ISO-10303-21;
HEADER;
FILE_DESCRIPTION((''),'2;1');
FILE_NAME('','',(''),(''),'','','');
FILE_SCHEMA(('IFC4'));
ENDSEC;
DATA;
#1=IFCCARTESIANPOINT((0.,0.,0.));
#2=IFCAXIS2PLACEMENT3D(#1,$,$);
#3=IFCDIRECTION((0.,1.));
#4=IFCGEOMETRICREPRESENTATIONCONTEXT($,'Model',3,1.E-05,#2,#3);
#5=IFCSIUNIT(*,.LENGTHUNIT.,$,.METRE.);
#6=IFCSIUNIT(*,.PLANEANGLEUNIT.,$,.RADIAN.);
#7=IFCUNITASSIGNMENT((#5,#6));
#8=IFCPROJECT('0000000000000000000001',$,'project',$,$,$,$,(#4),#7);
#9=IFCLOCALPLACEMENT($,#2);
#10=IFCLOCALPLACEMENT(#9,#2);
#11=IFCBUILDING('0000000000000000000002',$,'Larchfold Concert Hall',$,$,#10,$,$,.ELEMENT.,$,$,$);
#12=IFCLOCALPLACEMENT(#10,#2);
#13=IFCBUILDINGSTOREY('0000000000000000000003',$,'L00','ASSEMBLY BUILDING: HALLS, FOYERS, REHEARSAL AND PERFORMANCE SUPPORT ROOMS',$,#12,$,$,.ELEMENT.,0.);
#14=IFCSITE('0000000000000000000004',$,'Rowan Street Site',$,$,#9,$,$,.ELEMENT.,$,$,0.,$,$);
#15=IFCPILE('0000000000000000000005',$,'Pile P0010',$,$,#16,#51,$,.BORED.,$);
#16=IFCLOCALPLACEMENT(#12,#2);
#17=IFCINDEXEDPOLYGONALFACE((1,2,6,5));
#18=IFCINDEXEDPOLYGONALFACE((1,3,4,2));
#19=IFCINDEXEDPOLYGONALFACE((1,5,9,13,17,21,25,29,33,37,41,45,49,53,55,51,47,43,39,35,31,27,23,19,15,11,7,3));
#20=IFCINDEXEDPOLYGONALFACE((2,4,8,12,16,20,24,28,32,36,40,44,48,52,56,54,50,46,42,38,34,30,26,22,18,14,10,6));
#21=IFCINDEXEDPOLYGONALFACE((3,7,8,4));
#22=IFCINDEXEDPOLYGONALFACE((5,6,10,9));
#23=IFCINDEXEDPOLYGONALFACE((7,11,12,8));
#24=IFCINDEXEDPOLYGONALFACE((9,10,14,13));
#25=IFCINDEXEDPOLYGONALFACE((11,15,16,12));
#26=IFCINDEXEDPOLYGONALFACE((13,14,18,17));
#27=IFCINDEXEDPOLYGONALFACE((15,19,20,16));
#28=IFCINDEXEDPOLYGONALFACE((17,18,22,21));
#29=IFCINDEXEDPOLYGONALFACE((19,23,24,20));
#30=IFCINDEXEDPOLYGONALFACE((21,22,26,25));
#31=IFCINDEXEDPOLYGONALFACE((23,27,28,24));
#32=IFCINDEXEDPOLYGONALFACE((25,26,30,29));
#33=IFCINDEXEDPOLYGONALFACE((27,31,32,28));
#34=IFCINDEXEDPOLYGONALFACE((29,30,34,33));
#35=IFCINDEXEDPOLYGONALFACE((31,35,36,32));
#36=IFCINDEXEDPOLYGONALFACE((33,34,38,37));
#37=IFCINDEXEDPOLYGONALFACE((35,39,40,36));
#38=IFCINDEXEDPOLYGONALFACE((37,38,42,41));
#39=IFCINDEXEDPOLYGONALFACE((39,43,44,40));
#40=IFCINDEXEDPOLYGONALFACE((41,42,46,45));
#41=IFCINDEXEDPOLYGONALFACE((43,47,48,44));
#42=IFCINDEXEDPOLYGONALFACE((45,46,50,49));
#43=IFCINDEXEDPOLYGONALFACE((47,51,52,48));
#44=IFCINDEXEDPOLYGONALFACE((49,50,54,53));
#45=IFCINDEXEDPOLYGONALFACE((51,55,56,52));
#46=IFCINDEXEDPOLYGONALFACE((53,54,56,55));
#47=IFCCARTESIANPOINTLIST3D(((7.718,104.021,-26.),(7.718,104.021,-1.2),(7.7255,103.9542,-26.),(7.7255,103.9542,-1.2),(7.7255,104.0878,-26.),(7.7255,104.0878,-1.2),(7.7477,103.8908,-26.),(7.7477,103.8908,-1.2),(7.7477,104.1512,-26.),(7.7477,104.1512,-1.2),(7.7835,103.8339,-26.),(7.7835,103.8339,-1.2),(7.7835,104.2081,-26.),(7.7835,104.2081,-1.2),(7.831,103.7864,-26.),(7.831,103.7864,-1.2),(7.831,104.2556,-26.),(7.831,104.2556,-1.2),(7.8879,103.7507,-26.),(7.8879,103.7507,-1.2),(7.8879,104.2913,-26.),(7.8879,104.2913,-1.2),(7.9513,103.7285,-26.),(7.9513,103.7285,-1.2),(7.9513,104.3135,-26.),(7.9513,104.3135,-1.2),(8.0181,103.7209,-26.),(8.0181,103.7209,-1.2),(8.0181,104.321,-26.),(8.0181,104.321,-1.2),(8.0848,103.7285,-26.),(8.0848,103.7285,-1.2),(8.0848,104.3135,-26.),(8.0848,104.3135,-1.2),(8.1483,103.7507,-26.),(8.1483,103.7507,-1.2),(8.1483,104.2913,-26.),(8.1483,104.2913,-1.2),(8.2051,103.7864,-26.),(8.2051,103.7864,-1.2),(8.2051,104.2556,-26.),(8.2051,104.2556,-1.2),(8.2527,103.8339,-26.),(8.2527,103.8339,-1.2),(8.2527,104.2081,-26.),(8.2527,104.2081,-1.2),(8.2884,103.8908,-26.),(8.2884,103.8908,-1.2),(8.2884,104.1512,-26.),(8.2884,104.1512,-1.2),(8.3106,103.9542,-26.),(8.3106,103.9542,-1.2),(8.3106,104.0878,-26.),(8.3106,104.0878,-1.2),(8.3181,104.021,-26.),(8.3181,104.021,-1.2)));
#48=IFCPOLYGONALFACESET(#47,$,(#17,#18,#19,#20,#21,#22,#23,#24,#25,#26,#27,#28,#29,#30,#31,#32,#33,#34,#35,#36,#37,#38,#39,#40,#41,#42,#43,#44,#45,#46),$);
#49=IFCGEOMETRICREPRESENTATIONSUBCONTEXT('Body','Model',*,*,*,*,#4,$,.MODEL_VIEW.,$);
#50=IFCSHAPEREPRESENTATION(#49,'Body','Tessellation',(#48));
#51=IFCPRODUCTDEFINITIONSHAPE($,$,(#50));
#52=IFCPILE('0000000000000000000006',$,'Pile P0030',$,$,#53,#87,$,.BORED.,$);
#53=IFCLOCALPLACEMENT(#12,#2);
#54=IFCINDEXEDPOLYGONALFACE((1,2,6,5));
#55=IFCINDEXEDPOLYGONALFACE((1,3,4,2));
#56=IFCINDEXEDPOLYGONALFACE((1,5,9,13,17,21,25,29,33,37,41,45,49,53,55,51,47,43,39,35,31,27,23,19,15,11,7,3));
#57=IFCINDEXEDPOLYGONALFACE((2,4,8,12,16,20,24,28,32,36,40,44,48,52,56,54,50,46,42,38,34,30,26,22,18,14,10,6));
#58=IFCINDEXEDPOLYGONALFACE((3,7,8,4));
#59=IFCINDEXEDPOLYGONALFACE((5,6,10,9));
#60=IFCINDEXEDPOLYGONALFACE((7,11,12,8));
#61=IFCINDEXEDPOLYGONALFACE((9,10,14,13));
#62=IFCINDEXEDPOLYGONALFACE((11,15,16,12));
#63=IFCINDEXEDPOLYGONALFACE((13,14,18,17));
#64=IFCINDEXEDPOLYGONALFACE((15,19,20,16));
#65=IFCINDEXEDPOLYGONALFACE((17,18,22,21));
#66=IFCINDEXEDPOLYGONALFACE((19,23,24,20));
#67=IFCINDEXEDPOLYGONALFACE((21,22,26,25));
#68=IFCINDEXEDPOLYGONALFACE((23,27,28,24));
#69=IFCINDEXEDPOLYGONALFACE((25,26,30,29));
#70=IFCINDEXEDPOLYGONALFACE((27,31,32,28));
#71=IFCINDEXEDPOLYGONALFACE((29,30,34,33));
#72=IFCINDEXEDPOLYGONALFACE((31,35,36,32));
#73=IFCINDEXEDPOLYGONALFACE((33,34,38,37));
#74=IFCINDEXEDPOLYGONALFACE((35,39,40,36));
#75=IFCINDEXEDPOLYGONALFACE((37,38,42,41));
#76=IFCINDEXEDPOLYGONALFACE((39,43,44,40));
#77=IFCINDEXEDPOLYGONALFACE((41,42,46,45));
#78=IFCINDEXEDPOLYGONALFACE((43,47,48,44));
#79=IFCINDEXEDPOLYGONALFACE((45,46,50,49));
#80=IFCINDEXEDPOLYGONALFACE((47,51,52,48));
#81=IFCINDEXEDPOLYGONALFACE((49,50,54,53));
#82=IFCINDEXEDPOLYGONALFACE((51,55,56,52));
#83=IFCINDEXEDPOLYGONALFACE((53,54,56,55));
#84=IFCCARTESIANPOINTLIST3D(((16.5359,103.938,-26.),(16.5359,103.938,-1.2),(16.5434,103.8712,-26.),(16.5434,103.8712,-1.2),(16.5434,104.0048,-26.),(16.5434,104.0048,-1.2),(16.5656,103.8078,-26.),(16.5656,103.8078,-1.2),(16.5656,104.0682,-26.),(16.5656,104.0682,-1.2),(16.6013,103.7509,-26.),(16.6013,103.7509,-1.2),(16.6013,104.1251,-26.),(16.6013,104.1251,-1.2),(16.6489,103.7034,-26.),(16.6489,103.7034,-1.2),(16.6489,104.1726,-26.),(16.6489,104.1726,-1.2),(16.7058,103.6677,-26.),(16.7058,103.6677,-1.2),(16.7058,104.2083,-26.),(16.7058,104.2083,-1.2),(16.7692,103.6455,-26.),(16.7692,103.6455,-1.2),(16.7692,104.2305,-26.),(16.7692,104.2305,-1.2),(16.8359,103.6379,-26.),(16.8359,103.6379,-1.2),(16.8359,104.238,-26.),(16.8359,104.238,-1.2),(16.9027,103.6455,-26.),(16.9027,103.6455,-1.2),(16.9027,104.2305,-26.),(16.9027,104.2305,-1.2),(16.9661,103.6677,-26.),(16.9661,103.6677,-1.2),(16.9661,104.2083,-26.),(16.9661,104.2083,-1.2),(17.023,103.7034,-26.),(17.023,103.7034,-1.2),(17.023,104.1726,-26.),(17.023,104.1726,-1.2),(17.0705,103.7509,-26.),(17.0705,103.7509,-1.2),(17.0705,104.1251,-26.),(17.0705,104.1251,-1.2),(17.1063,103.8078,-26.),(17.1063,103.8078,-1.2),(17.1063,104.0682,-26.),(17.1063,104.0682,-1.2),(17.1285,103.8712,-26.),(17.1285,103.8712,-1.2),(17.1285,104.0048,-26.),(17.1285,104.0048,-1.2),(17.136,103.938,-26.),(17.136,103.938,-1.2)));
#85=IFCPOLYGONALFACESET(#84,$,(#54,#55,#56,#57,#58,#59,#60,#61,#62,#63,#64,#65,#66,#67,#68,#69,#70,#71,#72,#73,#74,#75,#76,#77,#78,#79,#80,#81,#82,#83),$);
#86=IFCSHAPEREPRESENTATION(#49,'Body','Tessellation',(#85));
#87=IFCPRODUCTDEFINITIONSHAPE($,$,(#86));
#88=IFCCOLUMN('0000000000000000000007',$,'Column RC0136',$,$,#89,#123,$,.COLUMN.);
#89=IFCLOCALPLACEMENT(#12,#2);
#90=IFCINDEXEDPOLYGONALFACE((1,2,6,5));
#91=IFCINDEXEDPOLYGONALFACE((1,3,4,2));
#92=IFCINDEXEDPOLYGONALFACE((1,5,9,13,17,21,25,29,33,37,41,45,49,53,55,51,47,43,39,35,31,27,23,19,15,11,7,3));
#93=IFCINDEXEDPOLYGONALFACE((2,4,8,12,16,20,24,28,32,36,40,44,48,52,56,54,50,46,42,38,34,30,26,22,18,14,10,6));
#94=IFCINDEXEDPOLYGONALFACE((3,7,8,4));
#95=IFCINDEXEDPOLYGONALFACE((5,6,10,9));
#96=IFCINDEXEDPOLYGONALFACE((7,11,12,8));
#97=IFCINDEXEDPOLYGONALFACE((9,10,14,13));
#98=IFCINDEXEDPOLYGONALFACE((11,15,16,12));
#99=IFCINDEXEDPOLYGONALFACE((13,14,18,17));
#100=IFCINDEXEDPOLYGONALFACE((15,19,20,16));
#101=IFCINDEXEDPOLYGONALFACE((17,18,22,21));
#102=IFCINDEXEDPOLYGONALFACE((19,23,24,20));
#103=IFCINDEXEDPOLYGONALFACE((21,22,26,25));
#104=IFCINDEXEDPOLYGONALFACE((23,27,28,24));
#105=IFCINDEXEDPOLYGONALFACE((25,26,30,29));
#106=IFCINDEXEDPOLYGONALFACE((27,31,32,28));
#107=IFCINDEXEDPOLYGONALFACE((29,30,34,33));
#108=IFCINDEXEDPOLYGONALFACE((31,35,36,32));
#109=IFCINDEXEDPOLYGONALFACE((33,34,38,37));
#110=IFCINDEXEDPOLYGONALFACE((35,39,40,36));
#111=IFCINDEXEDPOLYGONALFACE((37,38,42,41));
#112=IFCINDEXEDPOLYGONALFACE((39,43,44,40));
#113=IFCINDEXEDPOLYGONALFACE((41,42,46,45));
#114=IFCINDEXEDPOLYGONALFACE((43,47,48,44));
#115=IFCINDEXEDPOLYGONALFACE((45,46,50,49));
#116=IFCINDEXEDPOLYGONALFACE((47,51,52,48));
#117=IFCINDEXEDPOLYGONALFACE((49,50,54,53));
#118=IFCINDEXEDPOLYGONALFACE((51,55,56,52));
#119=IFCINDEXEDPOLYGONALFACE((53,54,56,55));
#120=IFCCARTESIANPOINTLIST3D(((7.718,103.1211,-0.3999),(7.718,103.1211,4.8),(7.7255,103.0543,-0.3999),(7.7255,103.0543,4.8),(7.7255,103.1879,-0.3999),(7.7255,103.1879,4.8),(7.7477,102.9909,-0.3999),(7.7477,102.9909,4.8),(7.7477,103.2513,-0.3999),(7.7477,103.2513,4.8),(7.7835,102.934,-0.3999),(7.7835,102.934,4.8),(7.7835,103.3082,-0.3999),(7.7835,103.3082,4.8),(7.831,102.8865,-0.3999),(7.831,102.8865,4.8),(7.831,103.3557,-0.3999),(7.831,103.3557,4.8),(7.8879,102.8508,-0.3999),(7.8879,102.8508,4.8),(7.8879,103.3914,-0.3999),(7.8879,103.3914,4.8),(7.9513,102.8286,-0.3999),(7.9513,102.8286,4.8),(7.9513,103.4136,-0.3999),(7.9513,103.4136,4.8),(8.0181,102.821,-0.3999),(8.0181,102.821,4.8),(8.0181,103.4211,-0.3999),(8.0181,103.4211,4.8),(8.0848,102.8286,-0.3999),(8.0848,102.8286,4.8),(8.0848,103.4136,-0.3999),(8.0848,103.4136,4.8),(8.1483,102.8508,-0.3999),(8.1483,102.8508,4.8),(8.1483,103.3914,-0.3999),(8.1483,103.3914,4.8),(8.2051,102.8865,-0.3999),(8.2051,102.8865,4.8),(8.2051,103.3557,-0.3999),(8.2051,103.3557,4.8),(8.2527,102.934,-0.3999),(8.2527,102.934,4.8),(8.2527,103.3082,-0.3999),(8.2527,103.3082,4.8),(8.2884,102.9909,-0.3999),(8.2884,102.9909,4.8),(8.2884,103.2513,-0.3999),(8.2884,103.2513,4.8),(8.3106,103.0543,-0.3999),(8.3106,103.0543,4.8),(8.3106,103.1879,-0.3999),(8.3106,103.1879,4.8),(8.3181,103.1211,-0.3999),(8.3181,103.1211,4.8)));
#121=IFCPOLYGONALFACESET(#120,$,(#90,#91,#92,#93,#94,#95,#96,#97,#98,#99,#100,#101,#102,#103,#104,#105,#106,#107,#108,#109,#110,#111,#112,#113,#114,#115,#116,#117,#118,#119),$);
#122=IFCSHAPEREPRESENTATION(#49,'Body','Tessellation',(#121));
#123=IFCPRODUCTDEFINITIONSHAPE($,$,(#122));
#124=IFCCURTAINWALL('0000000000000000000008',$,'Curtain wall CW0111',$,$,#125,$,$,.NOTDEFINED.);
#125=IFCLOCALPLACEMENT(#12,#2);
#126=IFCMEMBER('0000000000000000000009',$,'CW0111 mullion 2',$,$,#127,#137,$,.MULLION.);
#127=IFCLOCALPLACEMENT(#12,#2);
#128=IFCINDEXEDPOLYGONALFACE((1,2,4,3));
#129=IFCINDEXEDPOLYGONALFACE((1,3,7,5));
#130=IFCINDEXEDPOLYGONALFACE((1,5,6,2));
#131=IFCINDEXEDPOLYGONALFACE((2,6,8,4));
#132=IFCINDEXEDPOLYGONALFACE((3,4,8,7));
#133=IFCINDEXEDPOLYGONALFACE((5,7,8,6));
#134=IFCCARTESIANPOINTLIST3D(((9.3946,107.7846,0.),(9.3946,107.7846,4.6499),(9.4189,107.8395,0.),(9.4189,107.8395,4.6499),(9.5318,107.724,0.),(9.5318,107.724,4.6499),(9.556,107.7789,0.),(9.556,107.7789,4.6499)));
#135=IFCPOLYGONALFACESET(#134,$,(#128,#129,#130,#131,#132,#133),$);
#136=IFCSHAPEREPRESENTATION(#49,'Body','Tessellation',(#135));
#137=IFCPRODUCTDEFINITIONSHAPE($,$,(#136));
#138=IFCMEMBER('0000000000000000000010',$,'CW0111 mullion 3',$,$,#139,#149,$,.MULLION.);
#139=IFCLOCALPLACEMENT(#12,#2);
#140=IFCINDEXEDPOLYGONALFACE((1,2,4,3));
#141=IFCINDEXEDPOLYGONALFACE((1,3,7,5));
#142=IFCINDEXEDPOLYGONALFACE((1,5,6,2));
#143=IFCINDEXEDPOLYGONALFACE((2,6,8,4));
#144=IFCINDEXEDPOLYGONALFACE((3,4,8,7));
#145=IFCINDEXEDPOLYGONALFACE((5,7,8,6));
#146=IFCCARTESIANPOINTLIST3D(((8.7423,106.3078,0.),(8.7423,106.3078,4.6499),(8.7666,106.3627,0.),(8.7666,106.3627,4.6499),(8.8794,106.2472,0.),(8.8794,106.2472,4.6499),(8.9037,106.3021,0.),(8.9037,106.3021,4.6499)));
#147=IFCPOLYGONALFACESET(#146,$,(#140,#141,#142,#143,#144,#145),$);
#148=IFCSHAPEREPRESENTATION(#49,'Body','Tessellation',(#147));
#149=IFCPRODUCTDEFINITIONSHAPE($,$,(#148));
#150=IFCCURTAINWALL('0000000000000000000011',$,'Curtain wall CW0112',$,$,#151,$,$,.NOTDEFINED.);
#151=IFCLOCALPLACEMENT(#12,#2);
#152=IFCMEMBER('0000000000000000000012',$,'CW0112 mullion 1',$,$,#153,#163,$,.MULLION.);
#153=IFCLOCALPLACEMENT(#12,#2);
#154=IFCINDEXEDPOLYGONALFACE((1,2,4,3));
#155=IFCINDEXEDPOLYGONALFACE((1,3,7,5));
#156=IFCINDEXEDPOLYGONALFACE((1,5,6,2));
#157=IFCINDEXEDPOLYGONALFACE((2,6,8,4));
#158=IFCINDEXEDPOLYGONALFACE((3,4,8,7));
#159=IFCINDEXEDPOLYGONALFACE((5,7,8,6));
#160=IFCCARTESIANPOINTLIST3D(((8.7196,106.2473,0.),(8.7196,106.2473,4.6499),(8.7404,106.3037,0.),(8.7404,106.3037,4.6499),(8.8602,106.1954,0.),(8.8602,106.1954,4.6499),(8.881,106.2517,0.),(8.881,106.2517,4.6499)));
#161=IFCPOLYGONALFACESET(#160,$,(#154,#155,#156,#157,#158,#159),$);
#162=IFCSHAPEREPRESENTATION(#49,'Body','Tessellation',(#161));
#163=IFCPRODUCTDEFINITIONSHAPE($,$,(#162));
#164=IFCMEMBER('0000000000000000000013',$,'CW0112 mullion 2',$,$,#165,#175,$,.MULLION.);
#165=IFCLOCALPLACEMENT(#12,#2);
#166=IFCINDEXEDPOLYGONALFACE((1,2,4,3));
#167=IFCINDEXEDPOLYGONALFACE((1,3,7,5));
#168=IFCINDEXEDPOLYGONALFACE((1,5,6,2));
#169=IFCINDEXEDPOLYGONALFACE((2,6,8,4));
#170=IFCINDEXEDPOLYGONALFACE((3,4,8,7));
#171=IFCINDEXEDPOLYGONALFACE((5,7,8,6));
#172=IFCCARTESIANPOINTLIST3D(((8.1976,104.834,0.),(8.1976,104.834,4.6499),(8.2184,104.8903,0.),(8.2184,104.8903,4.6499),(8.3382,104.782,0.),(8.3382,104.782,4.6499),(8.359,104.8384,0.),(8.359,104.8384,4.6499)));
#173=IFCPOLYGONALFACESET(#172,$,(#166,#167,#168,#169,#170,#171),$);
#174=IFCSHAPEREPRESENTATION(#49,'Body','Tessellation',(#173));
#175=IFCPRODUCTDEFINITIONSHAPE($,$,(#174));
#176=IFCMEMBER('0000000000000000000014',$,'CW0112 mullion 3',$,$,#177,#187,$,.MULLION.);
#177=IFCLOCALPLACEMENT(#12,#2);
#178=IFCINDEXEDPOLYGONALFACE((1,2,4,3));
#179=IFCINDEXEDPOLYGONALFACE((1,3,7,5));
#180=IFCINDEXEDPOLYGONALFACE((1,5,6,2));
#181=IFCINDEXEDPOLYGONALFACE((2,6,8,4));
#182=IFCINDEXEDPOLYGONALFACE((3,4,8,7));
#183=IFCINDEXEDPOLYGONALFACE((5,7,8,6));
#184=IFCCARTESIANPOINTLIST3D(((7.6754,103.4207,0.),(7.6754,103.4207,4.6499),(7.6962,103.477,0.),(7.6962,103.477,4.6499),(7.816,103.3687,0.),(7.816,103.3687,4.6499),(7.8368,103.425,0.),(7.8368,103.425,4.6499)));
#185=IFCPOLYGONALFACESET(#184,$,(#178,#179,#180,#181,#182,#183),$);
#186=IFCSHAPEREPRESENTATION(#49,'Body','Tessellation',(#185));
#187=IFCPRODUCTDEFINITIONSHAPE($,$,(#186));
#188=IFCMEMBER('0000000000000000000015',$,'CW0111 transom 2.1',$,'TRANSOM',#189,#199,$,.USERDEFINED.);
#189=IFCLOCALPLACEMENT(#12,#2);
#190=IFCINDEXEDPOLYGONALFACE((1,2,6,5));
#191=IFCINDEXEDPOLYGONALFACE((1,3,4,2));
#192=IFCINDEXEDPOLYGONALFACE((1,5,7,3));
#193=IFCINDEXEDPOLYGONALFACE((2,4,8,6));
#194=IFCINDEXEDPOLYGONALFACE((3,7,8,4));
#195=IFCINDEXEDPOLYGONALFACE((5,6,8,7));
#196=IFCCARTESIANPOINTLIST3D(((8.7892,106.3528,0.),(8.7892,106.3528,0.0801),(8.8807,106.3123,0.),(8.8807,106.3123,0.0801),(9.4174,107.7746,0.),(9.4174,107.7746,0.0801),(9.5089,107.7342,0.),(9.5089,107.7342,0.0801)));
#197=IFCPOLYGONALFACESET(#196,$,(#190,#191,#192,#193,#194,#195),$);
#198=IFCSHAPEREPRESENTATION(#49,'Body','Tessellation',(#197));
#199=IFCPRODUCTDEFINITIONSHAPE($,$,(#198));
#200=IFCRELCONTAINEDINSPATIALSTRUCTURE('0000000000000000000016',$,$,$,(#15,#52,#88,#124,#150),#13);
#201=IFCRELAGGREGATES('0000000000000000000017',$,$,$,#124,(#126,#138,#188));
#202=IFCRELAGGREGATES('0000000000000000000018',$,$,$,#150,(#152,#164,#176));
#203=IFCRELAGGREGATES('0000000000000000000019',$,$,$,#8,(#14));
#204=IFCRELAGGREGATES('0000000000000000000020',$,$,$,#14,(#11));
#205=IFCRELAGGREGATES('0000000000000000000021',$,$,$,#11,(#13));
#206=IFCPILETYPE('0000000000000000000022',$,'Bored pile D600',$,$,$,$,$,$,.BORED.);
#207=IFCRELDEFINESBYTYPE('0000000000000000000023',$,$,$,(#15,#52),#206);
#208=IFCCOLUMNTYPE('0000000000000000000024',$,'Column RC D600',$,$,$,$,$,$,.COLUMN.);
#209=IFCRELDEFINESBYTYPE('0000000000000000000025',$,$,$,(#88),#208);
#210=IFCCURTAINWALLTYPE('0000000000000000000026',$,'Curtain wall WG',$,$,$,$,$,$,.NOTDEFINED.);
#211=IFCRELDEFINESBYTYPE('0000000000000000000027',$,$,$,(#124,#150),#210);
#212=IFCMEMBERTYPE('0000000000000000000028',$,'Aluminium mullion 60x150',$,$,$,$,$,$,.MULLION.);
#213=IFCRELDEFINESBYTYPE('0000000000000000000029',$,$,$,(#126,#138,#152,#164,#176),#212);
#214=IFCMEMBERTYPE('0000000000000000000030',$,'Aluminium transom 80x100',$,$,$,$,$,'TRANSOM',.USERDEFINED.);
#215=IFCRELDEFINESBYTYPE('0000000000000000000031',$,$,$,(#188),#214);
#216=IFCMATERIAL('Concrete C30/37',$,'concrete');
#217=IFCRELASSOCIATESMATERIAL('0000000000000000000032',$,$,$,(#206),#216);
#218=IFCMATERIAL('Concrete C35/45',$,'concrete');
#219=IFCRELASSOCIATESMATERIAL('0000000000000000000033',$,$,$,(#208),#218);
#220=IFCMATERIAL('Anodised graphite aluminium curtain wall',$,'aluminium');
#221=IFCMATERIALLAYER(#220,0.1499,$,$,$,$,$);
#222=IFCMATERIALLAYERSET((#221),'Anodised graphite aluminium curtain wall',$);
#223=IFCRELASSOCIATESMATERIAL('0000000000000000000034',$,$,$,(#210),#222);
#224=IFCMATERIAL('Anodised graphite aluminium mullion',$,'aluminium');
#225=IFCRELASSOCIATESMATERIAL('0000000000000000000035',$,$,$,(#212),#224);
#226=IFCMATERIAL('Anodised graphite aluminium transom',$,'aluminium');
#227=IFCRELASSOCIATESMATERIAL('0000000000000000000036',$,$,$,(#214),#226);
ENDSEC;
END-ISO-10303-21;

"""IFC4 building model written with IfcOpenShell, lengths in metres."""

from ifc_helpers import new_model, si_unit, direction, frame, origin, origin_2d, place, context, subcontext, project, spatial, rectangle, circle, extrude, material, layer, layer_set, material_profile, profile_set, type_object, element, aggregate, save


model = new_model("IFC4")

# Units and contexts
model_context = context("Model", 3, precision=1e-05, world=origin(), true_north=direction((0.0, 1.0)))
body_context = subcontext(model_context, "Body", "Model", "MODEL_VIEW")
ifc_project = project(units=[si_unit("LENGTHUNIT", "METRE"), si_unit("PLANEANGLEUNIT", "RADIAN")], contexts=[model_context])

# Site, building, storey
site_placement = place(None, origin())
site = spatial("IfcSite", under=ifc_project, at=site_placement, Name="Rowan Street Site", CompositionType="ELEMENT", RefElevation=0.0)
building_placement = place(site_placement, origin())
building = spatial("IfcBuilding", under=site, at=building_placement, Name="Larchfold Concert Hall", CompositionType="ELEMENT")
storey_placement = place(building_placement, origin())
storey = spatial("IfcBuildingStorey", under=building, at=storey_placement, Name="L00", Description="ASSEMBLY BUILDING: HALLS, FOYERS, REHEARSAL AND PERFORMANCE SUPPORT ROOMS", CompositionType="ELEMENT", Elevation=0.0)

# Piles
ifc_material_1 = material(Name="Concrete C30/37", Category="concrete")
ifc_material_profile_1 = material_profile(ifc_material_1, circle(Radius=0.3, at=origin_2d()))
ifc_profile_set_1 = profile_set([ifc_material_profile_1], Name="Concrete C30/37")
pile_type = type_object("IfcPileType", Name="Bored pile D600", PredefinedType="BORED", material=ifc_profile_set_1)
for number, where, z_axis, x_axis, name in (
    (1, (8.0181, 104.021, -1.2), (0.0, 0.0, -1.0), (1.0, 0.0, 0.0), "Pile P0010"),
    (2, (16.8359, 103.938, -1.2), (0.0, 0.0, -1.0), (1.0, 0.0, 0.0), "Pile P0030"),
):
    element("IfcPile", number, at=place(storey_placement, frame(where, z_axis=z_axis, x_axis=x_axis)), inside=storey, type_object=pile_type, Name=name, PredefinedType="BORED", context=body_context, shape_type="SweptSolid", body=[
        extrude(circle(Radius=0.3, at=origin_2d()), origin(), (0.0, 0.0, 1.0), 24.8),
    ])

# Column
ifc_material_2 = material(Name="Concrete C35/45", Category="concrete")
ifc_material_profile_2 = material_profile(ifc_material_2, circle(Radius=0.3, at=origin_2d()))
ifc_profile_set_2 = profile_set([ifc_material_profile_2], Name="Concrete C35/45")
column_type = type_object("IfcColumnType", Name="Column RC D600", PredefinedType="COLUMN", material=ifc_profile_set_2)
column_placement = place(storey_placement, frame((8.0181, 103.1211, -0.3999), z_axis=(0.0, 0.0, 1.0), x_axis=(1.0, 0.0, 0.0)))
element("IfcColumn", 3, at=column_placement, inside=storey, type_object=column_type, Name="Column RC0136", PredefinedType="COLUMN", context=body_context, shape_type="SweptSolid", body=[
    extrude(circle(Radius=0.3, at=origin_2d()), origin(), (0.0, 0.0, 1.0), 5.2),
])

# Curtain walls, members
ifc_material_3 = material(Name="Anodised graphite aluminium curtain wall", Category="aluminium")
ifc_layer_1 = layer(ifc_material_3, 0.1499)
ifc_layer_set_1 = layer_set([ifc_layer_1], Name="Anodised graphite aluminium curtain wall")
curtain_wall_type = type_object("IfcCurtainWallType", Name="Curtain wall WG", PredefinedType="NOTDEFINED", material=ifc_layer_set_1)
curtain_wall_1_placement = place(storey_placement, origin())
curtain_wall_1 = element("IfcCurtainWall", 4, at=curtain_wall_1_placement, inside=storey, type_object=curtain_wall_type, Name="Curtain wall CW0111", PredefinedType="NOTDEFINED")
ifc_material_4 = material(Name="Anodised graphite aluminium mullion", Category="aluminium")
ifc_material_profile_3 = material_profile(ifc_material_4, rectangle(XDim=0.1499, YDim=0.0601, at=origin_2d()))
ifc_profile_set_3 = profile_set([ifc_material_profile_3], Name="Anodised graphite aluminium mullion")
member_type_1 = type_object("IfcMemberType", Name="Aluminium mullion 60x150", PredefinedType="MULLION", material=ifc_profile_set_3)
member_1_placement = place(storey_placement, frame((9.4753, 107.7817, 0.0), z_axis=(0.0, 0.0, 1.0), x_axis=(0.914703, -0.404126, 0.0)))
member_1 = element("IfcMember", 5, at=member_1_placement, type_object=member_type_1, Name="CW0111 mullion 2", PredefinedType="MULLION", context=body_context, shape_type="SweptSolid", body=[
    extrude(rectangle(XDim=0.1499, YDim=0.0601, at=origin_2d()), origin(), (0.0, 0.0, 1.0), 4.6499),
])
member_2_placement = place(storey_placement, frame((8.823, 106.3049, 0.0), z_axis=(0.0, 0.0, 1.0), x_axis=(0.914703, -0.404126, 0.0)))
member_2 = element("IfcMember", 6, at=member_2_placement, type_object=member_type_1, Name="CW0111 mullion 3", PredefinedType="MULLION", context=body_context, shape_type="SweptSolid", body=[
    extrude(rectangle(XDim=0.1499, YDim=0.0601, at=origin_2d()), origin(), (0.0, 0.0, 1.0), 4.6499),
])
curtain_wall_2_placement = place(storey_placement, origin())
curtain_wall_2 = element("IfcCurtainWall", 7, at=curtain_wall_2_placement, inside=storey, type_object=curtain_wall_type, Name="Curtain wall CW0112", PredefinedType="NOTDEFINED")
member_3_placement = place(storey_placement, frame((8.8003, 106.2495, 0.0), z_axis=(0.0, 0.0, 1.0), x_axis=(0.938016, -0.346592, 0.0)))
member_3 = element("IfcMember", 8, at=member_3_placement, type_object=member_type_1, Name="CW0112 mullion 1", PredefinedType="MULLION", context=body_context, shape_type="SweptSolid", body=[
    extrude(rectangle(XDim=0.1499, YDim=0.0601, at=origin_2d()), origin(), (0.0, 0.0, 1.0), 4.6499),
])
member_4_placement = place(storey_placement, frame((8.2783, 104.8362, 0.0), z_axis=(0.0, 0.0, 1.0), x_axis=(0.938016, -0.346592, 0.0)))
member_4 = element("IfcMember", 9, at=member_4_placement, type_object=member_type_1, Name="CW0112 mullion 2", PredefinedType="MULLION", context=body_context, shape_type="SweptSolid", body=[
    extrude(rectangle(XDim=0.1499, YDim=0.0601, at=origin_2d()), origin(), (0.0, 0.0, 1.0), 4.6499),
])
member_5_placement = place(storey_placement, frame((7.7561, 103.4229, 0.0), z_axis=(0.0, 0.0, 1.0), x_axis=(0.938016, -0.346592, 0.0)))
member_5 = element("IfcMember", 10, at=member_5_placement, type_object=member_type_1, Name="CW0112 mullion 3", PredefinedType="MULLION", context=body_context, shape_type="SweptSolid", body=[
    extrude(rectangle(XDim=0.1499, YDim=0.0601, at=origin_2d()), origin(), (0.0, 0.0, 1.0), 4.6499),
])

# Member
ifc_material_5 = material(Name="Anodised graphite aluminium transom", Category="aluminium")
ifc_material_profile_4 = material_profile(ifc_material_5, rectangle(XDim=0.1001, YDim=0.0801, at=origin_2d()))
ifc_profile_set_4 = profile_set([ifc_material_profile_4], Name="Anodised graphite aluminium transom")
member_type_2 = type_object("IfcMemberType", Name="Aluminium transom 80x100", ElementType="TRANSOM", PredefinedType="USERDEFINED", material=ifc_profile_set_4)
member_6_placement = place(storey_placement, frame((9.4631, 107.7544, 0.04), z_axis=(-0.404112, -0.91471, 0.0), x_axis=(0.91471, -0.404112, 0.0)))
member_6 = element("IfcMember", 11, at=member_6_placement, type_object=member_type_2, Name="CW0111 transom 2.1", ObjectType="TRANSOM", PredefinedType="USERDEFINED", context=body_context, shape_type="SweptSolid", body=[
    extrude(rectangle(XDim=0.1001, YDim=0.0801, at=origin_2d()), origin(), (0.0, 0.0, 1.0), 1.5544),
])

aggregate(curtain_wall_1, [member_1, member_2, member_6])
aggregate(curtain_wall_2, [member_3, member_4, member_5])

save(model, "model.ifc")
